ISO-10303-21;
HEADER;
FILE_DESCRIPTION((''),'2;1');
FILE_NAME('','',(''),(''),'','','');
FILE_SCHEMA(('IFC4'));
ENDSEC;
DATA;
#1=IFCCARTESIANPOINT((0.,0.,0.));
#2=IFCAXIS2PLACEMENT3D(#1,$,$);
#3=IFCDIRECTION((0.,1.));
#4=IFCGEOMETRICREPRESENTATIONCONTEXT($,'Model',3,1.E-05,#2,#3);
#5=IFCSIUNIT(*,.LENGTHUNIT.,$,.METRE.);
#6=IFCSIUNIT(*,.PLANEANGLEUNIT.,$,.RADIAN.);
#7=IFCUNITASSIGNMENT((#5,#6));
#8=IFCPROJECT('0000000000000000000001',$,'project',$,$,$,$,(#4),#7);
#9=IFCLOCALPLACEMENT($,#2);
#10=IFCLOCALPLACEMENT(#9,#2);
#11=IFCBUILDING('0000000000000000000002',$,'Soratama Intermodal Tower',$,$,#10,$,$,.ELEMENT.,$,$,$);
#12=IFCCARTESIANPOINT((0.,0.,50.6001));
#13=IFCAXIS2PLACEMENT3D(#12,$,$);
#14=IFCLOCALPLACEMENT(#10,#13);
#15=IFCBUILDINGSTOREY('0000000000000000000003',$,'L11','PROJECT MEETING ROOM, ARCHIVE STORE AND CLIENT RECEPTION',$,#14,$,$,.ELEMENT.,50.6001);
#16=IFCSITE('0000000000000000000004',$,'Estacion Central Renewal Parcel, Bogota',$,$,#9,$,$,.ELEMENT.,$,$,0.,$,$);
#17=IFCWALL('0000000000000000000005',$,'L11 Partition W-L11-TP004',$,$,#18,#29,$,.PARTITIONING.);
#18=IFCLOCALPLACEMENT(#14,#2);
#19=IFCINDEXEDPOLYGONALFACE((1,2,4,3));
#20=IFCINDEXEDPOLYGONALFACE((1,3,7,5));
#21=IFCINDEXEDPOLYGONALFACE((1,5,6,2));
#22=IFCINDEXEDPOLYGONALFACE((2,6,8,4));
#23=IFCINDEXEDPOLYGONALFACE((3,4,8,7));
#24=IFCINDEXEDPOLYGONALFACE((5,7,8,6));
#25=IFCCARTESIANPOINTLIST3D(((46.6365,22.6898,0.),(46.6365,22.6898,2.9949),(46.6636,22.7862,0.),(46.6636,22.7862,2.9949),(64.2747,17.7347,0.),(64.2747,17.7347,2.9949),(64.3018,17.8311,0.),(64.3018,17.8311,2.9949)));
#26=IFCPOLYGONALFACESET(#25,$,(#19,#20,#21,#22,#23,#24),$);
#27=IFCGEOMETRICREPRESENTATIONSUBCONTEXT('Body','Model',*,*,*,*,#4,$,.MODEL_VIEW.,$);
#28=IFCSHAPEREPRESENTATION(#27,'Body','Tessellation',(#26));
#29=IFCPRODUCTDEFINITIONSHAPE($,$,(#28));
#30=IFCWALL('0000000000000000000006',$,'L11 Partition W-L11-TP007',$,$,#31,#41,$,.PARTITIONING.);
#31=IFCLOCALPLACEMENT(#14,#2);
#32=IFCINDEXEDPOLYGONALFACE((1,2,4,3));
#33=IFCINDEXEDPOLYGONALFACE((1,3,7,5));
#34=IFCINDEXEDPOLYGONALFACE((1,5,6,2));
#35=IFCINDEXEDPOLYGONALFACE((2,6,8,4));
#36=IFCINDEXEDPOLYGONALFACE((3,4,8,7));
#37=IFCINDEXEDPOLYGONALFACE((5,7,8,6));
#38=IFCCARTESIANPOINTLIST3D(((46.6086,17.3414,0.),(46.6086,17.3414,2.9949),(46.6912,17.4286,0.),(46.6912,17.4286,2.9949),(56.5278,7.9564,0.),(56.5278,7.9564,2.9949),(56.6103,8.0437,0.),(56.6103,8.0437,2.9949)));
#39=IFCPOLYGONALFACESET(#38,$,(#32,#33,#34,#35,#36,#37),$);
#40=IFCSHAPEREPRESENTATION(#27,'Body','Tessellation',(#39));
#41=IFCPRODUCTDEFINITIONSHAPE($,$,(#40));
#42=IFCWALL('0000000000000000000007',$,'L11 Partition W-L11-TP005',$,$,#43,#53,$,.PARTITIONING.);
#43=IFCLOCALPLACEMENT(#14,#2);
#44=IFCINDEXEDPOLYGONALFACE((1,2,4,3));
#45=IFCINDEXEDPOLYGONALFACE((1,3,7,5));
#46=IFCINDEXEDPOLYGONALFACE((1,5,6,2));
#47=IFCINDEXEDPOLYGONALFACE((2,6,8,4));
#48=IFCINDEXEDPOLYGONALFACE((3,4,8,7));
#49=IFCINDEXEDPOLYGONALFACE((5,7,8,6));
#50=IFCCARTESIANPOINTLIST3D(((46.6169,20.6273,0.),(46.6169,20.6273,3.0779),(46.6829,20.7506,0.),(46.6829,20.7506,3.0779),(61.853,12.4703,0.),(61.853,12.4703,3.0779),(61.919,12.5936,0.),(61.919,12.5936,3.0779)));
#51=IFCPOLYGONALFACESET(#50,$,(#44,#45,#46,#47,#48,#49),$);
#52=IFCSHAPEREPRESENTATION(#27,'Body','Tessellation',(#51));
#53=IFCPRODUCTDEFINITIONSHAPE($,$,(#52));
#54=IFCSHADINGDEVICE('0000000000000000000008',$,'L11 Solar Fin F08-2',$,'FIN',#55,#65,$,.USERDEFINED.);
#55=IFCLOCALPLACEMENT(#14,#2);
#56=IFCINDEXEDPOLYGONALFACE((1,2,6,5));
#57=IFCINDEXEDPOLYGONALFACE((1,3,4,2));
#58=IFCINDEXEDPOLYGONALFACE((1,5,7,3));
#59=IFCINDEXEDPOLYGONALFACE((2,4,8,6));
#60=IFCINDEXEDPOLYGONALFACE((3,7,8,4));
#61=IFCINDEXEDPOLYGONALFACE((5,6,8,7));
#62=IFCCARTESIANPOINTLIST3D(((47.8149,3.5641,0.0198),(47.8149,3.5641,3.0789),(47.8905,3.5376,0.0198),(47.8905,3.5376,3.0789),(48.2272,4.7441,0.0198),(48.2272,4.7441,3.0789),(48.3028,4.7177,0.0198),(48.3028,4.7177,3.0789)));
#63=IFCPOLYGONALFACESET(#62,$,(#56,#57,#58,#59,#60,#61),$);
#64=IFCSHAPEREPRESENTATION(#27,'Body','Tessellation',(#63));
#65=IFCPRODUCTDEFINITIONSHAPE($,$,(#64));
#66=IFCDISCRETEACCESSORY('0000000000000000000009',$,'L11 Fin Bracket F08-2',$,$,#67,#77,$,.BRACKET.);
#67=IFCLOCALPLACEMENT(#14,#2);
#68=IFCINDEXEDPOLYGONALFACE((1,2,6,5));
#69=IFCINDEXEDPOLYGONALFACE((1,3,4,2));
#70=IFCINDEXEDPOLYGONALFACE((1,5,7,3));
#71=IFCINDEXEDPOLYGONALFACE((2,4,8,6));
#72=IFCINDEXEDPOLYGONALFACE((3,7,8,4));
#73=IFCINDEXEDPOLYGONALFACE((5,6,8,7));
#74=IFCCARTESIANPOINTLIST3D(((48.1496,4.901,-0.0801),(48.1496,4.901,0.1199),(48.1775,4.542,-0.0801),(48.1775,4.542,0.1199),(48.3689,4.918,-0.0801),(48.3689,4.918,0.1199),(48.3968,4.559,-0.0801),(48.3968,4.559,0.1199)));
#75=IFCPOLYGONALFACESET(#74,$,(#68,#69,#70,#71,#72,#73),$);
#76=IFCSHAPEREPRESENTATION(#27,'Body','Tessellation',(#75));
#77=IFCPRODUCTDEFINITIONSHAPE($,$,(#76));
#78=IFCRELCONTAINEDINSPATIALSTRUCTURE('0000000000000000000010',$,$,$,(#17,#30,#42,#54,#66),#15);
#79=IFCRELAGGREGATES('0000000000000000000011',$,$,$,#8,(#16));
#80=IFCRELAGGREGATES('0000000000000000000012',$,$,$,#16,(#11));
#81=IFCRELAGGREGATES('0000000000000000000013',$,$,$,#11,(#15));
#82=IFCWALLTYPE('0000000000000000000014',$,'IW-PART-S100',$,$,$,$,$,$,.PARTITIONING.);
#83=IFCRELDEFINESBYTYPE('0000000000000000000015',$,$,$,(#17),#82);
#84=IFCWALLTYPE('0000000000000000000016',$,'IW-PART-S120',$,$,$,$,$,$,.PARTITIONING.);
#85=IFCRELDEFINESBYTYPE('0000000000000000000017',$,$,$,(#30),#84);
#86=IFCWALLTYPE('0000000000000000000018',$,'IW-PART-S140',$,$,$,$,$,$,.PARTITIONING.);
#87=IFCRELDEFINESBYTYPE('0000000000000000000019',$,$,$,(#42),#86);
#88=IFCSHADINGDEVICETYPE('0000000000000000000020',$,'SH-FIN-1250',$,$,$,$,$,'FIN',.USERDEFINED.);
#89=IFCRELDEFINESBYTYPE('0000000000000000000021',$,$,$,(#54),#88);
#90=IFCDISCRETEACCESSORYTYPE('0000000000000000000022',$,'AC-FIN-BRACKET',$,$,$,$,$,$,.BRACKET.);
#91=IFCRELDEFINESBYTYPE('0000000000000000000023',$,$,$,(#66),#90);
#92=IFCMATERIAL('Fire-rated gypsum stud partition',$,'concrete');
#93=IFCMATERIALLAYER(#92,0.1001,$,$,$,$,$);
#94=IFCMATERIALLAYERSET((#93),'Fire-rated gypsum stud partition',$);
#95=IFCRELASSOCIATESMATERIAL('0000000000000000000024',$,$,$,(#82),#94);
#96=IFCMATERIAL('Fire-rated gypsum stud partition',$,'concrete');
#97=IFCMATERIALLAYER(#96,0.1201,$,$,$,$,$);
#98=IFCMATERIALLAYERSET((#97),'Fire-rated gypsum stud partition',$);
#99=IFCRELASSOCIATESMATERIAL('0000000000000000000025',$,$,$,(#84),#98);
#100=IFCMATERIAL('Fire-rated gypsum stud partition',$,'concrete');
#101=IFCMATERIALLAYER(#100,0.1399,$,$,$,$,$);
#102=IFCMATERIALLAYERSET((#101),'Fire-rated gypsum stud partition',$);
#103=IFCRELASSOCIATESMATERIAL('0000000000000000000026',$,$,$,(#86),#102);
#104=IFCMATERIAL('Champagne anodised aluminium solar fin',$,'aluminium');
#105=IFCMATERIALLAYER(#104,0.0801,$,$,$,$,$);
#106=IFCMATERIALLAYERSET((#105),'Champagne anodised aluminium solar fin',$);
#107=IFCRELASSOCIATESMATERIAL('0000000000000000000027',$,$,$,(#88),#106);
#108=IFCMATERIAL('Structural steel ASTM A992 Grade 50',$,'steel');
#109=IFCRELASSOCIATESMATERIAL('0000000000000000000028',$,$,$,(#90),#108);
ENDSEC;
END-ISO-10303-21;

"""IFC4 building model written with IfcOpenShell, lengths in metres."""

from ifc_helpers import new_model, si_unit, direction, frame, frame_2d, origin, origin_2d, place, context, subcontext, project, spatial, rectangle, extrude, material, layer, layer_set, type_object, element, save


model = new_model("IFC4")

# Units and contexts
model_context = context("Model", 3, precision=1e-05, world=origin(), true_north=direction((0.0, 1.0)))
body_context = subcontext(model_context, "Body", "Model", "MODEL_VIEW")
ifc_project = project(units=[si_unit("LENGTHUNIT", "METRE"), si_unit("PLANEANGLEUNIT", "RADIAN")], contexts=[model_context])

# Site, building, storey
site_placement = place(None, origin())
site = spatial("IfcSite", under=ifc_project, at=site_placement, Name="Estacion Central Renewal Parcel, Bogota", CompositionType="ELEMENT", RefElevation=0.0)
building_placement = place(site_placement, origin())
building = spatial("IfcBuilding", under=site, at=building_placement, Name="Soratama Intermodal Tower", CompositionType="ELEMENT")
storey_placement = place(building_placement, frame((0.0, 0.0, 50.6001)))
storey = spatial("IfcBuildingStorey", under=building, at=storey_placement, Name="L11", Description="PROJECT MEETING ROOM, ARCHIVE STORE AND CLIENT RECEPTION", CompositionType="ELEMENT", Elevation=50.6001)

# Walls
ifc_material_1 = material(Name="Fire-rated gypsum stud partition", Category="concrete")
ifc_layer_1 = layer(ifc_material_1, 0.1001)
ifc_layer_set_1 = layer_set([ifc_layer_1], Name="Fire-rated gypsum stud partition")
wall_type_1 = type_object("IfcWallType", Name="IW-PART-S100", PredefinedType="PARTITIONING", material=ifc_layer_set_1)
wall_1_placement = place(storey_placement, frame((46.6499, 22.738, 0.0), z_axis=(0.0, 0.0, 1.0), x_axis=(0.962731, -0.270459, 0.0)))
element("IfcWall", 1, at=wall_1_placement, inside=storey, type_object=wall_type_1, Name="L11 Partition W-L11-TP004", PredefinedType="PARTITIONING", context=body_context, shape_type="SweptSolid", body=[
    extrude(rectangle(XDim=18.321, YDim=0.1001, at=frame_2d((9.1606, 0.0))), origin(), (0.0, 0.0, 1.0), 2.9949),
])
ifc_material_2 = material(Name="Fire-rated gypsum stud partition", Category="concrete")
ifc_layer_2 = layer(ifc_material_2, 0.1201)
ifc_layer_set_2 = layer_set([ifc_layer_2], Name="Fire-rated gypsum stud partition")
wall_type_2 = type_object("IfcWallType", Name="IW-PART-S120", PredefinedType="PARTITIONING", material=ifc_layer_set_2)
wall_2_placement = place(storey_placement, frame((46.6499, 17.385, 0.0), z_axis=(0.0, 0.0, 1.0), x_axis=(0.726396, -0.687277, 0.0)))
element("IfcWall", 2, at=wall_2_placement, inside=storey, type_object=wall_type_2, Name="L11 Partition W-L11-TP007", PredefinedType="PARTITIONING", context=body_context, shape_type="SweptSolid", body=[
    extrude(rectangle(XDim=13.6553, YDim=0.1201, at=frame_2d((6.8276, 0.0))), origin(), (0.0, 0.0, 1.0), 2.9949),
])
ifc_material_3 = material(Name="Fire-rated gypsum stud partition", Category="concrete")
ifc_layer_3 = layer(ifc_material_3, 0.1399)
ifc_layer_set_3 = layer_set([ifc_layer_3], Name="Fire-rated gypsum stud partition")
wall_type_3 = type_object("IfcWallType", Name="IW-PART-S140", PredefinedType="PARTITIONING", material=ifc_layer_set_3)
wall_3_placement = place(storey_placement, frame((46.6499, 20.689, 0.0), z_axis=(0.0, 0.0, 1.0), x_axis=(0.881605, -0.471987, 0.0)))
element("IfcWall", 3, at=wall_3_placement, inside=storey, type_object=wall_type_3, Name="L11 Partition W-L11-TP005", PredefinedType="PARTITIONING", context=body_context, shape_type="SweptSolid", body=[
    extrude(rectangle(XDim=17.2822, YDim=0.1399, at=frame_2d((8.6411, 0.0))), origin(), (0.0, 0.0, 1.0), 3.0779),
])

# Shading device
ifc_material_4 = material(Name="Champagne anodised aluminium solar fin", Category="aluminium")
ifc_layer_4 = layer(ifc_material_4, 0.0801)
ifc_layer_set_4 = layer_set([ifc_layer_4], Name="Champagne anodised aluminium solar fin")
shading_device_type = type_object("IfcShadingDeviceType", Name="SH-FIN-1250", ElementType="FIN", PredefinedType="USERDEFINED", material=ifc_layer_set_4)
shading_device_placement = place(storey_placement, frame((48.0588, 4.1409, 0.0198), z_axis=(0.0, 0.0, 1.0), x_axis=(-0.329855, -0.944031, 0.0)))
element("IfcShadingDevice", 4, at=shading_device_placement, inside=storey, type_object=shading_device_type, Name="L11 Solar Fin F08-2", ObjectType="FIN", PredefinedType="USERDEFINED", context=body_context, shape_type="SweptSolid", body=[
    extrude(rectangle(XDim=1.25, YDim=0.0801, at=origin_2d()), origin(), (0.0, 0.0, 1.0), 3.0591),
])

# Discrete accessory
ifc_material_5 = material(Name="Structural steel ASTM A992 Grade 50", Category="steel")
discrete_accessory_type = type_object("IfcDiscreteAccessoryType", Name="AC-FIN-BRACKET", PredefinedType="BRACKET", material=ifc_material_5)
discrete_accessory_placement = place(storey_placement, frame((48.2732, 4.73, -0.0801), z_axis=(0.0, 0.0, 1.0), x_axis=(0.077415, -0.996999, 0.0)))
element("IfcDiscreteAccessory", 5, at=discrete_accessory_placement, inside=storey, type_object=discrete_accessory_type, Name="L11 Fin Bracket F08-2", PredefinedType="BRACKET", context=body_context, shape_type="SweptSolid", body=[
    extrude(rectangle(XDim=0.3601, YDim=0.22, at=origin_2d()), origin(), (0.0, 0.0, 1.0), 0.2),
])

save(model, "model.ifc")
